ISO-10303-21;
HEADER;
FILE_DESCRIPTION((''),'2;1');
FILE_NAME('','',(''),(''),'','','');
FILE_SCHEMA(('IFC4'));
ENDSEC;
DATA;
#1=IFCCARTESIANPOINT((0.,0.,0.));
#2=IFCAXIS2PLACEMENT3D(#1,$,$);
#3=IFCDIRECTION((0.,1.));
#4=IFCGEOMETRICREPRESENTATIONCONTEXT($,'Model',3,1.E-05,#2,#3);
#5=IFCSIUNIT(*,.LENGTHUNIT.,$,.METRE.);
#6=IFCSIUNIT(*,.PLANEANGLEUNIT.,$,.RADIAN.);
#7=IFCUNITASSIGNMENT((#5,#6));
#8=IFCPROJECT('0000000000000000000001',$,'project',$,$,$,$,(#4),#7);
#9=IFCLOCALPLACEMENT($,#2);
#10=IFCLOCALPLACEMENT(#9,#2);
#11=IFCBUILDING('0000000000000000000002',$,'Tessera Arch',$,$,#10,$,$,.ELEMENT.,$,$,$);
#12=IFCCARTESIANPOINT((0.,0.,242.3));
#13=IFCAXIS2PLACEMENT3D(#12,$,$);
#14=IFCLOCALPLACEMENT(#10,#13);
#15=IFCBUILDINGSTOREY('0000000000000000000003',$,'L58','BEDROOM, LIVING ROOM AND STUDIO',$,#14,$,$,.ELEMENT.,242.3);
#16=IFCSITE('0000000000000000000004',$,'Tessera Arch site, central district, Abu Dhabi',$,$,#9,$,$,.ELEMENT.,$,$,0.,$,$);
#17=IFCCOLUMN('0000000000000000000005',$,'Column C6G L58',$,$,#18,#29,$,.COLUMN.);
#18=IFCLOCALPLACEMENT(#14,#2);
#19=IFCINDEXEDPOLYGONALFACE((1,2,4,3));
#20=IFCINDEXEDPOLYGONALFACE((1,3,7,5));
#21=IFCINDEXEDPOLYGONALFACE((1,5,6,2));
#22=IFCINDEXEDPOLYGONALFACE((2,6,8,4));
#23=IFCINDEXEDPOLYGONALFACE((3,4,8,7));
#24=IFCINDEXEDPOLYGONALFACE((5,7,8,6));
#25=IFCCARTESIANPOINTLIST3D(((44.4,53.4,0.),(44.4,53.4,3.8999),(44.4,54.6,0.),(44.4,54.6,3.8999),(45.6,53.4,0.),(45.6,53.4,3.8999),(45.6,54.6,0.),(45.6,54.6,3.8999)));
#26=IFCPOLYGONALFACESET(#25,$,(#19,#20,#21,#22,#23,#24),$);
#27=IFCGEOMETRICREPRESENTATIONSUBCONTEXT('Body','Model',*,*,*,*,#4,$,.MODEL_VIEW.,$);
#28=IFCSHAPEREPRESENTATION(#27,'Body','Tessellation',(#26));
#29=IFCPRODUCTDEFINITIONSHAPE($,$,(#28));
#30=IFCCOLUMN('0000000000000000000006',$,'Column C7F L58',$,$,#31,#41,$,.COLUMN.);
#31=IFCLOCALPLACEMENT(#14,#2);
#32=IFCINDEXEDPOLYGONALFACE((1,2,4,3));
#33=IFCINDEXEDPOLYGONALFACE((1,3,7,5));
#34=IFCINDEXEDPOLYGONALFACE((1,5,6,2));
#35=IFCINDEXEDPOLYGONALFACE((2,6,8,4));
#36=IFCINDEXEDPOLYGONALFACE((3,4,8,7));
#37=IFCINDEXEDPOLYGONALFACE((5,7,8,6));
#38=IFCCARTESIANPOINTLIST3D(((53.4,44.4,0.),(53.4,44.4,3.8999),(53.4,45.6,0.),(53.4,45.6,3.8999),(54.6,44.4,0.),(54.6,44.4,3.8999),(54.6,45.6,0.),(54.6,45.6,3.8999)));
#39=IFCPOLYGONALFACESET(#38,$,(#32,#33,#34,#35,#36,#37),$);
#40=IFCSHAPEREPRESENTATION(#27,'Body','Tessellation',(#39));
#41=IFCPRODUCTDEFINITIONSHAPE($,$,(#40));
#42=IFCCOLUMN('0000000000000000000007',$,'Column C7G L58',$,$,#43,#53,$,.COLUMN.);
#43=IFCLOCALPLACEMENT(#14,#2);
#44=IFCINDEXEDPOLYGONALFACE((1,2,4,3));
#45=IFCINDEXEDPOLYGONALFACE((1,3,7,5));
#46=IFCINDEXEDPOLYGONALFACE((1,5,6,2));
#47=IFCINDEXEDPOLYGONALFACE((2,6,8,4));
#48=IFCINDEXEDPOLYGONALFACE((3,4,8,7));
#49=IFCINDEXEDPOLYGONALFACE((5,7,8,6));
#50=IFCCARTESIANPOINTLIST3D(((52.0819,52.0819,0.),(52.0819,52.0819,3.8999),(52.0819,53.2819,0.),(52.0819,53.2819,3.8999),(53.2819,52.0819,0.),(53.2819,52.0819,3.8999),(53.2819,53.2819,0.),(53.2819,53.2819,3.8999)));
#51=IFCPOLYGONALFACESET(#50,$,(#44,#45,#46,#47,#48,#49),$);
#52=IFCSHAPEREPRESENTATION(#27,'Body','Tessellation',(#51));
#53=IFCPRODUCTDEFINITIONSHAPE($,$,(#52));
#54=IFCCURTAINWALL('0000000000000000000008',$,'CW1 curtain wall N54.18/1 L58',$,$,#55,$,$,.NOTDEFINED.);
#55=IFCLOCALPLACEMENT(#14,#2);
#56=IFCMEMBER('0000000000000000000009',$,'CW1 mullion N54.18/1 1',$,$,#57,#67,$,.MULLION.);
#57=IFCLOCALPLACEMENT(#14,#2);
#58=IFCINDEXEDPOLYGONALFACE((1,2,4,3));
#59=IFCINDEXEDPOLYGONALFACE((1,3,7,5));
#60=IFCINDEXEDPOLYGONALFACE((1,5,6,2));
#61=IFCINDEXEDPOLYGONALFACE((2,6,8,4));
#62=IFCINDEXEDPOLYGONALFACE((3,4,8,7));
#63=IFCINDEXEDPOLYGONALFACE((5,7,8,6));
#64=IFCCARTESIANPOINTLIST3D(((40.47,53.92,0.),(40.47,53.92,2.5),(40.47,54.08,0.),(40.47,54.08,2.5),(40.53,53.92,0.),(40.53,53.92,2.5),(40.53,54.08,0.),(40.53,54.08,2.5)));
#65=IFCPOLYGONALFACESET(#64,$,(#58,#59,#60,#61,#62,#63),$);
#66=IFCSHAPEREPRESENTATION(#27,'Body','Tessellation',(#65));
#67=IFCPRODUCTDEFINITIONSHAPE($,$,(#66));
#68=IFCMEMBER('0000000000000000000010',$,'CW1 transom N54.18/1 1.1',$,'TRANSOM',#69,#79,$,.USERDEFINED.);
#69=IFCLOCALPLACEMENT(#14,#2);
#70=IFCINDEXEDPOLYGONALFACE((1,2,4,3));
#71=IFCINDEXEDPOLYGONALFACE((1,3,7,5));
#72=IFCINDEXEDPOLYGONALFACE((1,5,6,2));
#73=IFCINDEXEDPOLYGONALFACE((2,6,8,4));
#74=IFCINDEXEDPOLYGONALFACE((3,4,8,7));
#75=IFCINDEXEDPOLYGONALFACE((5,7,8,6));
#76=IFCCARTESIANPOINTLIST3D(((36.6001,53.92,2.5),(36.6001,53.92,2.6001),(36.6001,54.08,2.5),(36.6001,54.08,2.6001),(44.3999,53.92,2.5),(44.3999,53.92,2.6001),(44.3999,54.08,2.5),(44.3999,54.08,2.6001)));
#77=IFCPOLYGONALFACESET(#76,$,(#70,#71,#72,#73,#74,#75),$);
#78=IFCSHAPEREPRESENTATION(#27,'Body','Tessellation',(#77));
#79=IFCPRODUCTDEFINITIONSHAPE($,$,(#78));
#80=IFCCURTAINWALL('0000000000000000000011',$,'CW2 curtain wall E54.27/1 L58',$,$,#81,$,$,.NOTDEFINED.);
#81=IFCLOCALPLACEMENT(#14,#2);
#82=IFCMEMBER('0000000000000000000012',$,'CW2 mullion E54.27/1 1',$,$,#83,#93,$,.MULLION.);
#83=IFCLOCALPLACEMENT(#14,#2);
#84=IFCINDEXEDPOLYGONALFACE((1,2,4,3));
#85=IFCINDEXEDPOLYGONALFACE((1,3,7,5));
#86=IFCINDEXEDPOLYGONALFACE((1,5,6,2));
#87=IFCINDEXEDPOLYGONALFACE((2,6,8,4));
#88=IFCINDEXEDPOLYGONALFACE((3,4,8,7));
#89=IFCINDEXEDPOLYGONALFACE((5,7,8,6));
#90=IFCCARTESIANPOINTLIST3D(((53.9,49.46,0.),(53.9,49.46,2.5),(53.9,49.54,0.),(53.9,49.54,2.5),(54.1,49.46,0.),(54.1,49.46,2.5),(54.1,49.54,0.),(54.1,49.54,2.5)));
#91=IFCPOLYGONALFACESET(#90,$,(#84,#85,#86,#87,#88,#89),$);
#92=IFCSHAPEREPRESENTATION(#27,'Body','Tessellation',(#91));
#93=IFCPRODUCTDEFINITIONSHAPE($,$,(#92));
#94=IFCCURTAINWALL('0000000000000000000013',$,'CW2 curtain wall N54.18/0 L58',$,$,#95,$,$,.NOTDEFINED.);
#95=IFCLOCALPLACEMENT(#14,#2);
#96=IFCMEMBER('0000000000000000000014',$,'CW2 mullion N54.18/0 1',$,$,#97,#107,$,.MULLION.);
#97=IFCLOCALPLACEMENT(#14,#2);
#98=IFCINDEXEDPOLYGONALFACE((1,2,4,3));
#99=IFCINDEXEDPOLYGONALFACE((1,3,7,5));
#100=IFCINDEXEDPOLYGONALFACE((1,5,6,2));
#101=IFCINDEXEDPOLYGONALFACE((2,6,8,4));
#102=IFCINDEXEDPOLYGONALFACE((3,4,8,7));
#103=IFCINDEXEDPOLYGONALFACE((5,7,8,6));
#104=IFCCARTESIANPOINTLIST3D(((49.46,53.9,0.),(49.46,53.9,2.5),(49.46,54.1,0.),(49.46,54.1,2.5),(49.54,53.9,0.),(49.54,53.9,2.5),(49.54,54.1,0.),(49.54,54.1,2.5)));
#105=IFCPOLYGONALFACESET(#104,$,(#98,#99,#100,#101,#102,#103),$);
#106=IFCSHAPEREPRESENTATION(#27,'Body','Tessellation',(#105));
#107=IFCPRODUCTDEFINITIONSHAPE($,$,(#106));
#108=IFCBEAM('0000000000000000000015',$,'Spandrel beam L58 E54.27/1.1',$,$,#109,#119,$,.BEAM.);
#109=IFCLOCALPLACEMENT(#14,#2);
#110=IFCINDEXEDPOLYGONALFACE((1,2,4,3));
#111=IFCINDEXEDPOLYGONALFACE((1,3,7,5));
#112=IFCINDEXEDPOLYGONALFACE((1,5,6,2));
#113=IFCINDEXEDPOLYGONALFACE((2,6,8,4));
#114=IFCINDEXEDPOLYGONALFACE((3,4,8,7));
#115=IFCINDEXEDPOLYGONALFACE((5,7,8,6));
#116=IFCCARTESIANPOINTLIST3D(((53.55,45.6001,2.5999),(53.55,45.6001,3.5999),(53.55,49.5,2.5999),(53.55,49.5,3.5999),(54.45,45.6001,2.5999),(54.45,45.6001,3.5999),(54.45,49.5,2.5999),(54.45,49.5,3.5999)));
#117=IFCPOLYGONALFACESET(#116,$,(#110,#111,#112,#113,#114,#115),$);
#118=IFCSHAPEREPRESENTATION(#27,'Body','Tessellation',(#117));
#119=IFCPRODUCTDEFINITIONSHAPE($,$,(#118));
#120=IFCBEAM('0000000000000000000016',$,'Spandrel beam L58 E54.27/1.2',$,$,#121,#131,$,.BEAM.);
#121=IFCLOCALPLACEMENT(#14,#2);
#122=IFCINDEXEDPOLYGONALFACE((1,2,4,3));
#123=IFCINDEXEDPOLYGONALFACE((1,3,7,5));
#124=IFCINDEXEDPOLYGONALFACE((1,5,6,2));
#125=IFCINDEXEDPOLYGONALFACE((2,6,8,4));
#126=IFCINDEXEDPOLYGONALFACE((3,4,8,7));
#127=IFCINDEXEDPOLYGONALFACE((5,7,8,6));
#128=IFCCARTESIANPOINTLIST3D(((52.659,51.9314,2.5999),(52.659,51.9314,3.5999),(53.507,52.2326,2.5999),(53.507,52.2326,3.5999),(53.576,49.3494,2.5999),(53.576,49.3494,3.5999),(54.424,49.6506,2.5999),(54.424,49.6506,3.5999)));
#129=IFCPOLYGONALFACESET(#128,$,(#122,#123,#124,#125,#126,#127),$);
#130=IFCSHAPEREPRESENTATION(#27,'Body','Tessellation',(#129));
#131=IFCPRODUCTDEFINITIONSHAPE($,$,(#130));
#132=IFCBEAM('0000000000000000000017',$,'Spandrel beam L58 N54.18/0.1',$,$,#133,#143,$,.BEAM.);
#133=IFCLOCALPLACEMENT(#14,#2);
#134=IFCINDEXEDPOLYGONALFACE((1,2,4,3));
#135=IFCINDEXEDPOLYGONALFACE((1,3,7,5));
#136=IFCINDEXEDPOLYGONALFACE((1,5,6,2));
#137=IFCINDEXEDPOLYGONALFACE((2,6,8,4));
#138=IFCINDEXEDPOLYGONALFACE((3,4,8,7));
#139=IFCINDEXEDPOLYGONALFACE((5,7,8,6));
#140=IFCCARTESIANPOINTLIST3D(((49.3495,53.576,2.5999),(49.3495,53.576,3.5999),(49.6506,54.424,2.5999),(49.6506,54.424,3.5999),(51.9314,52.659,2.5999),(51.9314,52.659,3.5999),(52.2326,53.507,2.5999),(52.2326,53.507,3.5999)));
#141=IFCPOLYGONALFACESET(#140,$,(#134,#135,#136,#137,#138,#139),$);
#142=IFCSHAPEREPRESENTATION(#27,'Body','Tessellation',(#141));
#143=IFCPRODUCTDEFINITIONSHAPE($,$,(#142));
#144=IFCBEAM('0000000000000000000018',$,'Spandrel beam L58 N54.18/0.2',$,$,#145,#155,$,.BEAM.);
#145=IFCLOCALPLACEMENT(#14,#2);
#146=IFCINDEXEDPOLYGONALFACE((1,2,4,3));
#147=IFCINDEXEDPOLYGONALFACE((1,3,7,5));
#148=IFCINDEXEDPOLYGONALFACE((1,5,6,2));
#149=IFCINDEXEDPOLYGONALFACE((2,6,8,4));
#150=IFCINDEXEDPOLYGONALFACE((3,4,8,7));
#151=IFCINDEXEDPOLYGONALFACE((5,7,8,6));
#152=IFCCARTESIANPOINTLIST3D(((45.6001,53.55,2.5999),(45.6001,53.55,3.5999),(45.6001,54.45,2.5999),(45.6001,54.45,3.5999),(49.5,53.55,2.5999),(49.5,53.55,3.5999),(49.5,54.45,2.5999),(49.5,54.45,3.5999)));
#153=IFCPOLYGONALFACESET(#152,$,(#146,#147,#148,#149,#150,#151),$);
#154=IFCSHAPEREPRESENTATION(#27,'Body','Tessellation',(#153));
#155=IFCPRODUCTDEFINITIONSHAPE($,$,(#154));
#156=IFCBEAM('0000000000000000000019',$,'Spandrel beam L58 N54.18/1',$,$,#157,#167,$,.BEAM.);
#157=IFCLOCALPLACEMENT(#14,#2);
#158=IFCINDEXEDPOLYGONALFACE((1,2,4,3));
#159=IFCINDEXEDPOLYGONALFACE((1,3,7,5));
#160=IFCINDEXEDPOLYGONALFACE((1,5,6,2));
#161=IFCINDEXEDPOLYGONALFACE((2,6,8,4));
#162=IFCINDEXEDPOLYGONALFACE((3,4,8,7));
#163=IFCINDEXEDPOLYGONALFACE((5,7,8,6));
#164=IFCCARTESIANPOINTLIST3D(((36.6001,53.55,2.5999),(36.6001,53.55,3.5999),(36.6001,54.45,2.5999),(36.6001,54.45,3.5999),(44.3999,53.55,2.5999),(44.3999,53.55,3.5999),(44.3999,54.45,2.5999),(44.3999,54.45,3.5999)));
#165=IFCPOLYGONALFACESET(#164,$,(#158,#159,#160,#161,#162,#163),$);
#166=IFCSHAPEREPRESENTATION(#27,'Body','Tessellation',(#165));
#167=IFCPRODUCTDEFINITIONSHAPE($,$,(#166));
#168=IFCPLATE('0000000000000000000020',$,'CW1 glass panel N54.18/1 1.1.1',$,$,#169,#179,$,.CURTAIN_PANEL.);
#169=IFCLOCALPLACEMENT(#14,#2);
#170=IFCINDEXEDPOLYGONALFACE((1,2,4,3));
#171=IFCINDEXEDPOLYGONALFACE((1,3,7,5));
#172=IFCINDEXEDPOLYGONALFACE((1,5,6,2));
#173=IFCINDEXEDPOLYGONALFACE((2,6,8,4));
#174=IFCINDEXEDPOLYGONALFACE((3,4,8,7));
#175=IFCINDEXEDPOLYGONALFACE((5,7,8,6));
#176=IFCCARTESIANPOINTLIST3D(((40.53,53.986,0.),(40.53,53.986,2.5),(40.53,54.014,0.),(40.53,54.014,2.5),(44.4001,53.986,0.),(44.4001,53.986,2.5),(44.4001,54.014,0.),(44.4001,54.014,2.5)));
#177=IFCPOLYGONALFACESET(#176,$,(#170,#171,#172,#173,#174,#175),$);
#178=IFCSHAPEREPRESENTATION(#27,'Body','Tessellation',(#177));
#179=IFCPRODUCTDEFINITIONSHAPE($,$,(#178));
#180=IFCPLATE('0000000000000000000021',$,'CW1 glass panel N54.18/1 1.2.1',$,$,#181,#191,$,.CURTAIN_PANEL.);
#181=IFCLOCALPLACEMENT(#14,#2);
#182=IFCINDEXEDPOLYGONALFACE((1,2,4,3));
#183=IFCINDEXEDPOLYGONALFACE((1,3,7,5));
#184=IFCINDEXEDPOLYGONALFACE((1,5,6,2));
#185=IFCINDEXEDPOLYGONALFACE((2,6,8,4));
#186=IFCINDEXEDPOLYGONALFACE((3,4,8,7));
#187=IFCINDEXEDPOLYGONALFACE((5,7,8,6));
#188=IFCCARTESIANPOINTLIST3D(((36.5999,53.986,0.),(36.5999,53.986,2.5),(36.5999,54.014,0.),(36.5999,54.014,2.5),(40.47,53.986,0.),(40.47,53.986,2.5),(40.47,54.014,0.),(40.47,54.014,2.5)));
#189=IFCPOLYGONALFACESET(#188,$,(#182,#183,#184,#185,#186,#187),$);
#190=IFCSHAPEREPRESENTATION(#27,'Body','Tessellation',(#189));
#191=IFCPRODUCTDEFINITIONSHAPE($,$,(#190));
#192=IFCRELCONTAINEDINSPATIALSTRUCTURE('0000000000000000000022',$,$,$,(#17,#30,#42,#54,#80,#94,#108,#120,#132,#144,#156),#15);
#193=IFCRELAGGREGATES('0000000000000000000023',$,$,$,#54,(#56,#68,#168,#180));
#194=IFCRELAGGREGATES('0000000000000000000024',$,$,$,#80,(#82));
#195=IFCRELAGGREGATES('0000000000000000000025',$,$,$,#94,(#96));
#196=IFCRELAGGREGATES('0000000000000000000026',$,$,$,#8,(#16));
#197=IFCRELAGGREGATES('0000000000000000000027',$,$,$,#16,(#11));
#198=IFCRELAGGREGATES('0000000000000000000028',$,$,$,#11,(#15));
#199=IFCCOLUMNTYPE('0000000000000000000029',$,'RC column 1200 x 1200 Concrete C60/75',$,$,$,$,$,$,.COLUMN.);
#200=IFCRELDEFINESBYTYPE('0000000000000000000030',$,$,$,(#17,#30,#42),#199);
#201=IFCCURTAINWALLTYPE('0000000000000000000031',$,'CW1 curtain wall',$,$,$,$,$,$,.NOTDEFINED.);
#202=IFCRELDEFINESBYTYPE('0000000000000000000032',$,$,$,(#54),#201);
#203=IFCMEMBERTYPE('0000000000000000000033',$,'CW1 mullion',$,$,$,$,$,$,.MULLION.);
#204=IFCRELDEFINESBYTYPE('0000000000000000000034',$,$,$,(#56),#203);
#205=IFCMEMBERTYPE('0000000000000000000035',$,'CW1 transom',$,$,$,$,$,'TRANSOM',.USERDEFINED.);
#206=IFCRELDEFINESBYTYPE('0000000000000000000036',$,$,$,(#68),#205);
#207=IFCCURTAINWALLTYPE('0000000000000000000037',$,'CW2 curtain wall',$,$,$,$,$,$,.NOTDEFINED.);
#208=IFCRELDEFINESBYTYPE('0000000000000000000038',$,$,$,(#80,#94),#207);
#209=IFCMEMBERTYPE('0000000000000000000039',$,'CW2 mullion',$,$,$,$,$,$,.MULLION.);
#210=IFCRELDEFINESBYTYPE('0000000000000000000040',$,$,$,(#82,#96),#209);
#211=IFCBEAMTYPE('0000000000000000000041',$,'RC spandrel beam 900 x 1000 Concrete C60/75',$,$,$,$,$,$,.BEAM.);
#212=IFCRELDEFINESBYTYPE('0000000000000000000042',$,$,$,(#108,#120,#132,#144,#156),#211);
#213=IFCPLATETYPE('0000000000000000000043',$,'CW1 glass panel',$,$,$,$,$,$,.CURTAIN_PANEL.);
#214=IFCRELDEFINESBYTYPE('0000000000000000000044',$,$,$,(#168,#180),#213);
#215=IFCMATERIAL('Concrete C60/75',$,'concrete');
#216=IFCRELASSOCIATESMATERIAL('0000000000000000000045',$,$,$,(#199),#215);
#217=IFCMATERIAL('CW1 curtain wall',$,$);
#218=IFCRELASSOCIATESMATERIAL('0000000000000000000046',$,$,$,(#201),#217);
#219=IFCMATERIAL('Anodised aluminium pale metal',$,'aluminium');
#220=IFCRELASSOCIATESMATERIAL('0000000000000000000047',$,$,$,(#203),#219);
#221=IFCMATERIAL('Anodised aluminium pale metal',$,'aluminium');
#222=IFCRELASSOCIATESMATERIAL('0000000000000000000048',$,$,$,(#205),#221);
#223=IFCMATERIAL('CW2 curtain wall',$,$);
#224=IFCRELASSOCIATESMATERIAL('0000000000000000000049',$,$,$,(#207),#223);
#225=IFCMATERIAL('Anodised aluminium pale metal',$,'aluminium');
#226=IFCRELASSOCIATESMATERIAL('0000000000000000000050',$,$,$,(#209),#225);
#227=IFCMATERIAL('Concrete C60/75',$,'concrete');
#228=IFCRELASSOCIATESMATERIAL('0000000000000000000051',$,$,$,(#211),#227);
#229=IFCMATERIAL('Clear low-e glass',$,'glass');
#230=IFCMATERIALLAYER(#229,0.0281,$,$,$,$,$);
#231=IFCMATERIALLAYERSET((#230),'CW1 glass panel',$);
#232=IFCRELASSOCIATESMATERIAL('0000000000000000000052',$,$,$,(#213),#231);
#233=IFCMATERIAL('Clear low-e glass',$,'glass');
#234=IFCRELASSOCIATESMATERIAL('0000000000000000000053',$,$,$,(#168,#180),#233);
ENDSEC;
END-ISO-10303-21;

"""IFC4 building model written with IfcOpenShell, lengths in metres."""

from ifc_helpers import new_model, si_unit, direction, frame, origin, origin_2d, place, context, subcontext, project, spatial, rectangle, extrude, material, layer, layer_set, material_profile, profile_set, type_object, element, aggregate, save


model = new_model("IFC4")

# Units and contexts
model_context = context("Model", 3, precision=1e-05, world=origin(), true_north=direction((0.0, 1.0)))
body_context = subcontext(model_context, "Body", "Model", "MODEL_VIEW")
ifc_project = project(units=[si_unit("LENGTHUNIT", "METRE"), si_unit("PLANEANGLEUNIT", "RADIAN")], contexts=[model_context])

# Site, building, storey
site_placement = place(None, origin())
site = spatial("IfcSite", under=ifc_project, at=site_placement, Name="Tessera Arch site, central district, Abu Dhabi", CompositionType="ELEMENT", RefElevation=0.0)
building_placement = place(site_placement, origin())
building = spatial("IfcBuilding", under=site, at=building_placement, Name="Tessera Arch", CompositionType="ELEMENT")
storey_placement = place(building_placement, frame((0.0, 0.0, 242.3)))
storey = spatial("IfcBuildingStorey", under=building, at=storey_placement, Name="L58", Description="BEDROOM, LIVING ROOM AND STUDIO", CompositionType="ELEMENT", Elevation=242.3)

# Columns
ifc_material_1 = material(Name="Concrete C60/75", Category="concrete")
ifc_material_profile_1 = material_profile(ifc_material_1, rectangle(XDim=1.2, YDim=1.2, at=origin_2d()), Name="RC column 1200 x 1200 Concrete C60/75")
ifc_profile_set_1 = profile_set([ifc_material_profile_1], Name="Concrete C60/75")
column_type = type_object("IfcColumnType", Name="RC column 1200 x 1200 Concrete C60/75", PredefinedType="COLUMN", material=ifc_profile_set_1)
for number, where, z_axis, x_axis, name in (
    (1, (45.0, 54.0, 0.0), (0.0, 0.0, 1.0), (1.0, 0.0, 0.0), "Column C6G L58"),
    (2, (54.0, 45.0, 0.0), (0.0, 0.0, 1.0), (1.0, 0.0, 0.0), "Column C7F L58"),
    (3, (52.6819, 52.6819, 0.0), (0.0, 0.0, 1.0), (1.0, 0.0, 0.0), "Column C7G L58"),
):
    element("IfcColumn", number, at=place(storey_placement, frame(where, z_axis=z_axis, x_axis=x_axis)), inside=storey, type_object=column_type, Name=name, PredefinedType="COLUMN", context=body_context, shape_type="SweptSolid", body=[
        extrude(rectangle(XDim=1.2, YDim=1.2, at=origin_2d()), origin(), (0.0, 0.0, 1.0), 3.8999),
    ])

# Curtain wall, members
ifc_material_2 = material(Name="CW1 curtain wall")
curtain_wall_type_1 = type_object("IfcCurtainWallType", Name="CW1 curtain wall", PredefinedType="NOTDEFINED", material=ifc_material_2)
curtain_wall_1_placement = place(storey_placement, origin())
curtain_wall_1 = element("IfcCurtainWall", 4, at=curtain_wall_1_placement, inside=storey, type_object=curtain_wall_type_1, Name="CW1 curtain wall N54.18/1 L58", PredefinedType="NOTDEFINED")
ifc_material_3 = material(Name="Anodised aluminium pale metal", Category="aluminium")
ifc_material_profile_2 = material_profile(ifc_material_3, rectangle(XDim=0.1599, YDim=0.0601, at=origin_2d()), Name="AL 60x160")
ifc_profile_set_2 = profile_set([ifc_material_profile_2], Name="Anodised aluminium pale metal")
member_type_1 = type_object("IfcMemberType", Name="CW1 mullion", PredefinedType="MULLION", material=ifc_profile_set_2)
member_1_placement = place(storey_placement, frame((40.5, 54.0, 0.0), z_axis=(0.0, 0.0, 1.0), x_axis=(0.0, -1.0, 0.0)))
member_1 = element("IfcMember", 5, at=member_1_placement, type_object=member_type_1, Name="CW1 mullion N54.18/1 1", PredefinedType="MULLION", context=body_context, shape_type="SweptSolid", body=[
    extrude(rectangle(XDim=0.1599, YDim=0.0601, at=origin_2d()), origin(), (0.0, 0.0, 1.0), 2.5),
])
ifc_material_4 = material(Name="Anodised aluminium pale metal", Category="aluminium")
ifc_material_profile_3 = material_profile(ifc_material_4, rectangle(XDim=0.1599, YDim=0.1001, at=origin_2d()), Name="AL 160x100")
ifc_profile_set_3 = profile_set([ifc_material_profile_3], Name="Anodised aluminium pale metal")
member_type_2 = type_object("IfcMemberType", Name="CW1 transom", ElementType="TRANSOM", PredefinedType="USERDEFINED", material=ifc_profile_set_3)
member_2_placement = place(storey_placement, frame((44.3999, 54.0, 2.55), z_axis=(-1.0, 0.0, 0.0), x_axis=(0.0, -1.0, 0.0)))
member_2 = element("IfcMember", 6, at=member_2_placement, type_object=member_type_2, Name="CW1 transom N54.18/1 1.1", ObjectType="TRANSOM", PredefinedType="USERDEFINED", context=body_context, shape_type="SweptSolid", body=[
    extrude(rectangle(XDim=0.1599, YDim=0.1001, at=origin_2d()), origin(), (0.0, 0.0, 1.0), 7.7998),
])

# Curtain walls, members
ifc_material_5 = material(Name="CW2 curtain wall")
curtain_wall_type_2 = type_object("IfcCurtainWallType", Name="CW2 curtain wall", PredefinedType="NOTDEFINED", material=ifc_material_5)
curtain_wall_2_placement = place(storey_placement, origin())
curtain_wall_2 = element("IfcCurtainWall", 7, at=curtain_wall_2_placement, inside=storey, type_object=curtain_wall_type_2, Name="CW2 curtain wall E54.27/1 L58", PredefinedType="NOTDEFINED")
ifc_material_6 = material(Name="Anodised aluminium pale metal", Category="aluminium")
ifc_material_profile_4 = material_profile(ifc_material_6, rectangle(XDim=0.2, YDim=0.0801, at=origin_2d()), Name="AL 80x200")
ifc_profile_set_4 = profile_set([ifc_material_profile_4], Name="Anodised aluminium pale metal")
member_type_3 = type_object("IfcMemberType", Name="CW2 mullion", PredefinedType="MULLION", material=ifc_profile_set_4)
member_3_placement = place(storey_placement, frame((54.0, 49.5, 0.0), z_axis=(0.0, 0.0, 1.0), x_axis=(-1.0, 0.0, 0.0)))
member_3 = element("IfcMember", 8, at=member_3_placement, type_object=member_type_3, Name="CW2 mullion E54.27/1 1", PredefinedType="MULLION", context=body_context, shape_type="SweptSolid", body=[
    extrude(rectangle(XDim=0.2, YDim=0.0801, at=origin_2d()), origin(), (0.0, 0.0, 1.0), 2.5),
])
curtain_wall_3_placement = place(storey_placement, origin())
curtain_wall_3 = element("IfcCurtainWall", 9, at=curtain_wall_3_placement, inside=storey, type_object=curtain_wall_type_2, Name="CW2 curtain wall N54.18/0 L58", PredefinedType="NOTDEFINED")
member_4_placement = place(storey_placement, frame((49.5, 54.0, 0.0), z_axis=(0.0, 0.0, 1.0), x_axis=(0.0, -1.0, 0.0)))
member_4 = element("IfcMember", 10, at=member_4_placement, type_object=member_type_3, Name="CW2 mullion N54.18/0 1", PredefinedType="MULLION", context=body_context, shape_type="SweptSolid", body=[
    extrude(rectangle(XDim=0.2, YDim=0.0801, at=origin_2d()), origin(), (0.0, 0.0, 1.0), 2.5),
])

# Beams
ifc_material_7 = material(Name="Concrete C60/75", Category="concrete")
ifc_material_profile_5 = material_profile(ifc_material_7, rectangle(XDim=0.8999, YDim=1.0, at=origin_2d()), Name="RC spandrel beam 900 x 1000 Concrete C60/75")
ifc_profile_set_5 = profile_set([ifc_material_profile_5], Name="Concrete C60/75")
beam_type = type_object("IfcBeamType", Name="RC spandrel beam 900 x 1000 Concrete C60/75", PredefinedType="BEAM", material=ifc_profile_set_5)
beam_1_placement = place(storey_placement, frame((54.0, 45.6001, 3.0999), z_axis=(0.0, 1.0, 0.0), x_axis=(-1.0, 0.0, 0.0)))
element("IfcBeam", 11, at=beam_1_placement, inside=storey, type_object=beam_type, Name="Spandrel beam L58 E54.27/1.1", PredefinedType="BEAM", context=body_context, shape_type="SweptSolid", body=[
    extrude(rectangle(XDim=0.8999, YDim=1.0, at=origin_2d()), origin(), (0.0, 0.0, 1.0), 3.8999),
])
for number, where, z_axis, x_axis, name in (
    (12, (54.0, 49.5, 3.0999), (-0.334665, 0.942337, 0.0), (-0.942337, -0.334665, 0.0), "Spandrel beam L58 E54.27/1.2"),
    (13, (52.082, 53.083, 3.0999), (-0.942337, 0.334665, 0.0), (-0.334665, -0.942337, 0.0), "Spandrel beam L58 N54.18/0.1"),
):
    element("IfcBeam", number, at=place(storey_placement, frame(where, z_axis=z_axis, x_axis=x_axis)), inside=storey, type_object=beam_type, Name=name, PredefinedType="BEAM", context=body_context, shape_type="SweptSolid", body=[
        extrude(rectangle(XDim=0.8999, YDim=1.0, at=origin_2d()), origin(), (0.0, 0.0, 1.0), 2.74),
    ])
beam_2_placement = place(storey_placement, frame((49.5, 54.0, 3.0999), z_axis=(-1.0, 0.0, 0.0), x_axis=(0.0, -1.0, 0.0)))
element("IfcBeam", 14, at=beam_2_placement, inside=storey, type_object=beam_type, Name="Spandrel beam L58 N54.18/0.2", PredefinedType="BEAM", context=body_context, shape_type="SweptSolid", body=[
    extrude(rectangle(XDim=0.8999, YDim=1.0, at=origin_2d()), origin(), (0.0, 0.0, 1.0), 3.8999),
])
beam_3_placement = place(storey_placement, frame((44.3999, 54.0, 3.0999), z_axis=(-1.0, 0.0, 0.0), x_axis=(0.0, -1.0, 0.0)))
element("IfcBeam", 15, at=beam_3_placement, inside=storey, type_object=beam_type, Name="Spandrel beam L58 N54.18/1", PredefinedType="BEAM", context=body_context, shape_type="SweptSolid", body=[
    extrude(rectangle(XDim=0.8999, YDim=1.0, at=origin_2d()), origin(), (0.0, 0.0, 1.0), 7.7998),
])

# Plates
ifc_material_8 = material(Name="Clear low-e glass", Category="glass")
ifc_material_9 = material(Name="Clear low-e glass", Category="glass")
ifc_layer_1 = layer(ifc_material_9, 0.0281)
ifc_layer_set_1 = layer_set([ifc_layer_1], Name="CW1 glass panel")
plate_type_1 = type_object("IfcPlateType", Name="CW1 glass panel", PredefinedType="CURTAIN_PANEL", material=ifc_layer_set_1)
plate_1_placement = place(storey_placement, frame((42.4651, 54.0, 0.0), z_axis=(0.0, 0.0, 1.0), x_axis=(-1.0, 0.0, 0.0)))
plate_1 = element("IfcPlate", 16, at=plate_1_placement, type_object=plate_type_1, material=ifc_material_8, Name="CW1 glass panel N54.18/1 1.1.1", PredefinedType="CURTAIN_PANEL", context=body_context, shape_type="SweptSolid", body=[
    extrude(rectangle(XDim=3.8701, YDim=0.0281, at=origin_2d()), origin(), (0.0, 0.0, 1.0), 2.5),
])
plate_2_placement = place(storey_placement, frame((38.5349, 54.0, 0.0), z_axis=(0.0, 0.0, 1.0), x_axis=(-1.0, 0.0, 0.0)))
plate_2 = element("IfcPlate", 17, at=plate_2_placement, type_object=plate_type_1, material=ifc_material_8, Name="CW1 glass panel N54.18/1 1.2.1", PredefinedType="CURTAIN_PANEL", context=body_context, shape_type="SweptSolid", body=[
    extrude(rectangle(XDim=3.8701, YDim=0.0281, at=origin_2d()), origin(), (0.0, 0.0, 1.0), 2.5),
])
aggregate(curtain_wall_1, [member_1, member_2, plate_1, plate_2])
aggregate(curtain_wall_2, [member_3])
aggregate(curtain_wall_3, [member_4])

save(model, "model.ifc")
